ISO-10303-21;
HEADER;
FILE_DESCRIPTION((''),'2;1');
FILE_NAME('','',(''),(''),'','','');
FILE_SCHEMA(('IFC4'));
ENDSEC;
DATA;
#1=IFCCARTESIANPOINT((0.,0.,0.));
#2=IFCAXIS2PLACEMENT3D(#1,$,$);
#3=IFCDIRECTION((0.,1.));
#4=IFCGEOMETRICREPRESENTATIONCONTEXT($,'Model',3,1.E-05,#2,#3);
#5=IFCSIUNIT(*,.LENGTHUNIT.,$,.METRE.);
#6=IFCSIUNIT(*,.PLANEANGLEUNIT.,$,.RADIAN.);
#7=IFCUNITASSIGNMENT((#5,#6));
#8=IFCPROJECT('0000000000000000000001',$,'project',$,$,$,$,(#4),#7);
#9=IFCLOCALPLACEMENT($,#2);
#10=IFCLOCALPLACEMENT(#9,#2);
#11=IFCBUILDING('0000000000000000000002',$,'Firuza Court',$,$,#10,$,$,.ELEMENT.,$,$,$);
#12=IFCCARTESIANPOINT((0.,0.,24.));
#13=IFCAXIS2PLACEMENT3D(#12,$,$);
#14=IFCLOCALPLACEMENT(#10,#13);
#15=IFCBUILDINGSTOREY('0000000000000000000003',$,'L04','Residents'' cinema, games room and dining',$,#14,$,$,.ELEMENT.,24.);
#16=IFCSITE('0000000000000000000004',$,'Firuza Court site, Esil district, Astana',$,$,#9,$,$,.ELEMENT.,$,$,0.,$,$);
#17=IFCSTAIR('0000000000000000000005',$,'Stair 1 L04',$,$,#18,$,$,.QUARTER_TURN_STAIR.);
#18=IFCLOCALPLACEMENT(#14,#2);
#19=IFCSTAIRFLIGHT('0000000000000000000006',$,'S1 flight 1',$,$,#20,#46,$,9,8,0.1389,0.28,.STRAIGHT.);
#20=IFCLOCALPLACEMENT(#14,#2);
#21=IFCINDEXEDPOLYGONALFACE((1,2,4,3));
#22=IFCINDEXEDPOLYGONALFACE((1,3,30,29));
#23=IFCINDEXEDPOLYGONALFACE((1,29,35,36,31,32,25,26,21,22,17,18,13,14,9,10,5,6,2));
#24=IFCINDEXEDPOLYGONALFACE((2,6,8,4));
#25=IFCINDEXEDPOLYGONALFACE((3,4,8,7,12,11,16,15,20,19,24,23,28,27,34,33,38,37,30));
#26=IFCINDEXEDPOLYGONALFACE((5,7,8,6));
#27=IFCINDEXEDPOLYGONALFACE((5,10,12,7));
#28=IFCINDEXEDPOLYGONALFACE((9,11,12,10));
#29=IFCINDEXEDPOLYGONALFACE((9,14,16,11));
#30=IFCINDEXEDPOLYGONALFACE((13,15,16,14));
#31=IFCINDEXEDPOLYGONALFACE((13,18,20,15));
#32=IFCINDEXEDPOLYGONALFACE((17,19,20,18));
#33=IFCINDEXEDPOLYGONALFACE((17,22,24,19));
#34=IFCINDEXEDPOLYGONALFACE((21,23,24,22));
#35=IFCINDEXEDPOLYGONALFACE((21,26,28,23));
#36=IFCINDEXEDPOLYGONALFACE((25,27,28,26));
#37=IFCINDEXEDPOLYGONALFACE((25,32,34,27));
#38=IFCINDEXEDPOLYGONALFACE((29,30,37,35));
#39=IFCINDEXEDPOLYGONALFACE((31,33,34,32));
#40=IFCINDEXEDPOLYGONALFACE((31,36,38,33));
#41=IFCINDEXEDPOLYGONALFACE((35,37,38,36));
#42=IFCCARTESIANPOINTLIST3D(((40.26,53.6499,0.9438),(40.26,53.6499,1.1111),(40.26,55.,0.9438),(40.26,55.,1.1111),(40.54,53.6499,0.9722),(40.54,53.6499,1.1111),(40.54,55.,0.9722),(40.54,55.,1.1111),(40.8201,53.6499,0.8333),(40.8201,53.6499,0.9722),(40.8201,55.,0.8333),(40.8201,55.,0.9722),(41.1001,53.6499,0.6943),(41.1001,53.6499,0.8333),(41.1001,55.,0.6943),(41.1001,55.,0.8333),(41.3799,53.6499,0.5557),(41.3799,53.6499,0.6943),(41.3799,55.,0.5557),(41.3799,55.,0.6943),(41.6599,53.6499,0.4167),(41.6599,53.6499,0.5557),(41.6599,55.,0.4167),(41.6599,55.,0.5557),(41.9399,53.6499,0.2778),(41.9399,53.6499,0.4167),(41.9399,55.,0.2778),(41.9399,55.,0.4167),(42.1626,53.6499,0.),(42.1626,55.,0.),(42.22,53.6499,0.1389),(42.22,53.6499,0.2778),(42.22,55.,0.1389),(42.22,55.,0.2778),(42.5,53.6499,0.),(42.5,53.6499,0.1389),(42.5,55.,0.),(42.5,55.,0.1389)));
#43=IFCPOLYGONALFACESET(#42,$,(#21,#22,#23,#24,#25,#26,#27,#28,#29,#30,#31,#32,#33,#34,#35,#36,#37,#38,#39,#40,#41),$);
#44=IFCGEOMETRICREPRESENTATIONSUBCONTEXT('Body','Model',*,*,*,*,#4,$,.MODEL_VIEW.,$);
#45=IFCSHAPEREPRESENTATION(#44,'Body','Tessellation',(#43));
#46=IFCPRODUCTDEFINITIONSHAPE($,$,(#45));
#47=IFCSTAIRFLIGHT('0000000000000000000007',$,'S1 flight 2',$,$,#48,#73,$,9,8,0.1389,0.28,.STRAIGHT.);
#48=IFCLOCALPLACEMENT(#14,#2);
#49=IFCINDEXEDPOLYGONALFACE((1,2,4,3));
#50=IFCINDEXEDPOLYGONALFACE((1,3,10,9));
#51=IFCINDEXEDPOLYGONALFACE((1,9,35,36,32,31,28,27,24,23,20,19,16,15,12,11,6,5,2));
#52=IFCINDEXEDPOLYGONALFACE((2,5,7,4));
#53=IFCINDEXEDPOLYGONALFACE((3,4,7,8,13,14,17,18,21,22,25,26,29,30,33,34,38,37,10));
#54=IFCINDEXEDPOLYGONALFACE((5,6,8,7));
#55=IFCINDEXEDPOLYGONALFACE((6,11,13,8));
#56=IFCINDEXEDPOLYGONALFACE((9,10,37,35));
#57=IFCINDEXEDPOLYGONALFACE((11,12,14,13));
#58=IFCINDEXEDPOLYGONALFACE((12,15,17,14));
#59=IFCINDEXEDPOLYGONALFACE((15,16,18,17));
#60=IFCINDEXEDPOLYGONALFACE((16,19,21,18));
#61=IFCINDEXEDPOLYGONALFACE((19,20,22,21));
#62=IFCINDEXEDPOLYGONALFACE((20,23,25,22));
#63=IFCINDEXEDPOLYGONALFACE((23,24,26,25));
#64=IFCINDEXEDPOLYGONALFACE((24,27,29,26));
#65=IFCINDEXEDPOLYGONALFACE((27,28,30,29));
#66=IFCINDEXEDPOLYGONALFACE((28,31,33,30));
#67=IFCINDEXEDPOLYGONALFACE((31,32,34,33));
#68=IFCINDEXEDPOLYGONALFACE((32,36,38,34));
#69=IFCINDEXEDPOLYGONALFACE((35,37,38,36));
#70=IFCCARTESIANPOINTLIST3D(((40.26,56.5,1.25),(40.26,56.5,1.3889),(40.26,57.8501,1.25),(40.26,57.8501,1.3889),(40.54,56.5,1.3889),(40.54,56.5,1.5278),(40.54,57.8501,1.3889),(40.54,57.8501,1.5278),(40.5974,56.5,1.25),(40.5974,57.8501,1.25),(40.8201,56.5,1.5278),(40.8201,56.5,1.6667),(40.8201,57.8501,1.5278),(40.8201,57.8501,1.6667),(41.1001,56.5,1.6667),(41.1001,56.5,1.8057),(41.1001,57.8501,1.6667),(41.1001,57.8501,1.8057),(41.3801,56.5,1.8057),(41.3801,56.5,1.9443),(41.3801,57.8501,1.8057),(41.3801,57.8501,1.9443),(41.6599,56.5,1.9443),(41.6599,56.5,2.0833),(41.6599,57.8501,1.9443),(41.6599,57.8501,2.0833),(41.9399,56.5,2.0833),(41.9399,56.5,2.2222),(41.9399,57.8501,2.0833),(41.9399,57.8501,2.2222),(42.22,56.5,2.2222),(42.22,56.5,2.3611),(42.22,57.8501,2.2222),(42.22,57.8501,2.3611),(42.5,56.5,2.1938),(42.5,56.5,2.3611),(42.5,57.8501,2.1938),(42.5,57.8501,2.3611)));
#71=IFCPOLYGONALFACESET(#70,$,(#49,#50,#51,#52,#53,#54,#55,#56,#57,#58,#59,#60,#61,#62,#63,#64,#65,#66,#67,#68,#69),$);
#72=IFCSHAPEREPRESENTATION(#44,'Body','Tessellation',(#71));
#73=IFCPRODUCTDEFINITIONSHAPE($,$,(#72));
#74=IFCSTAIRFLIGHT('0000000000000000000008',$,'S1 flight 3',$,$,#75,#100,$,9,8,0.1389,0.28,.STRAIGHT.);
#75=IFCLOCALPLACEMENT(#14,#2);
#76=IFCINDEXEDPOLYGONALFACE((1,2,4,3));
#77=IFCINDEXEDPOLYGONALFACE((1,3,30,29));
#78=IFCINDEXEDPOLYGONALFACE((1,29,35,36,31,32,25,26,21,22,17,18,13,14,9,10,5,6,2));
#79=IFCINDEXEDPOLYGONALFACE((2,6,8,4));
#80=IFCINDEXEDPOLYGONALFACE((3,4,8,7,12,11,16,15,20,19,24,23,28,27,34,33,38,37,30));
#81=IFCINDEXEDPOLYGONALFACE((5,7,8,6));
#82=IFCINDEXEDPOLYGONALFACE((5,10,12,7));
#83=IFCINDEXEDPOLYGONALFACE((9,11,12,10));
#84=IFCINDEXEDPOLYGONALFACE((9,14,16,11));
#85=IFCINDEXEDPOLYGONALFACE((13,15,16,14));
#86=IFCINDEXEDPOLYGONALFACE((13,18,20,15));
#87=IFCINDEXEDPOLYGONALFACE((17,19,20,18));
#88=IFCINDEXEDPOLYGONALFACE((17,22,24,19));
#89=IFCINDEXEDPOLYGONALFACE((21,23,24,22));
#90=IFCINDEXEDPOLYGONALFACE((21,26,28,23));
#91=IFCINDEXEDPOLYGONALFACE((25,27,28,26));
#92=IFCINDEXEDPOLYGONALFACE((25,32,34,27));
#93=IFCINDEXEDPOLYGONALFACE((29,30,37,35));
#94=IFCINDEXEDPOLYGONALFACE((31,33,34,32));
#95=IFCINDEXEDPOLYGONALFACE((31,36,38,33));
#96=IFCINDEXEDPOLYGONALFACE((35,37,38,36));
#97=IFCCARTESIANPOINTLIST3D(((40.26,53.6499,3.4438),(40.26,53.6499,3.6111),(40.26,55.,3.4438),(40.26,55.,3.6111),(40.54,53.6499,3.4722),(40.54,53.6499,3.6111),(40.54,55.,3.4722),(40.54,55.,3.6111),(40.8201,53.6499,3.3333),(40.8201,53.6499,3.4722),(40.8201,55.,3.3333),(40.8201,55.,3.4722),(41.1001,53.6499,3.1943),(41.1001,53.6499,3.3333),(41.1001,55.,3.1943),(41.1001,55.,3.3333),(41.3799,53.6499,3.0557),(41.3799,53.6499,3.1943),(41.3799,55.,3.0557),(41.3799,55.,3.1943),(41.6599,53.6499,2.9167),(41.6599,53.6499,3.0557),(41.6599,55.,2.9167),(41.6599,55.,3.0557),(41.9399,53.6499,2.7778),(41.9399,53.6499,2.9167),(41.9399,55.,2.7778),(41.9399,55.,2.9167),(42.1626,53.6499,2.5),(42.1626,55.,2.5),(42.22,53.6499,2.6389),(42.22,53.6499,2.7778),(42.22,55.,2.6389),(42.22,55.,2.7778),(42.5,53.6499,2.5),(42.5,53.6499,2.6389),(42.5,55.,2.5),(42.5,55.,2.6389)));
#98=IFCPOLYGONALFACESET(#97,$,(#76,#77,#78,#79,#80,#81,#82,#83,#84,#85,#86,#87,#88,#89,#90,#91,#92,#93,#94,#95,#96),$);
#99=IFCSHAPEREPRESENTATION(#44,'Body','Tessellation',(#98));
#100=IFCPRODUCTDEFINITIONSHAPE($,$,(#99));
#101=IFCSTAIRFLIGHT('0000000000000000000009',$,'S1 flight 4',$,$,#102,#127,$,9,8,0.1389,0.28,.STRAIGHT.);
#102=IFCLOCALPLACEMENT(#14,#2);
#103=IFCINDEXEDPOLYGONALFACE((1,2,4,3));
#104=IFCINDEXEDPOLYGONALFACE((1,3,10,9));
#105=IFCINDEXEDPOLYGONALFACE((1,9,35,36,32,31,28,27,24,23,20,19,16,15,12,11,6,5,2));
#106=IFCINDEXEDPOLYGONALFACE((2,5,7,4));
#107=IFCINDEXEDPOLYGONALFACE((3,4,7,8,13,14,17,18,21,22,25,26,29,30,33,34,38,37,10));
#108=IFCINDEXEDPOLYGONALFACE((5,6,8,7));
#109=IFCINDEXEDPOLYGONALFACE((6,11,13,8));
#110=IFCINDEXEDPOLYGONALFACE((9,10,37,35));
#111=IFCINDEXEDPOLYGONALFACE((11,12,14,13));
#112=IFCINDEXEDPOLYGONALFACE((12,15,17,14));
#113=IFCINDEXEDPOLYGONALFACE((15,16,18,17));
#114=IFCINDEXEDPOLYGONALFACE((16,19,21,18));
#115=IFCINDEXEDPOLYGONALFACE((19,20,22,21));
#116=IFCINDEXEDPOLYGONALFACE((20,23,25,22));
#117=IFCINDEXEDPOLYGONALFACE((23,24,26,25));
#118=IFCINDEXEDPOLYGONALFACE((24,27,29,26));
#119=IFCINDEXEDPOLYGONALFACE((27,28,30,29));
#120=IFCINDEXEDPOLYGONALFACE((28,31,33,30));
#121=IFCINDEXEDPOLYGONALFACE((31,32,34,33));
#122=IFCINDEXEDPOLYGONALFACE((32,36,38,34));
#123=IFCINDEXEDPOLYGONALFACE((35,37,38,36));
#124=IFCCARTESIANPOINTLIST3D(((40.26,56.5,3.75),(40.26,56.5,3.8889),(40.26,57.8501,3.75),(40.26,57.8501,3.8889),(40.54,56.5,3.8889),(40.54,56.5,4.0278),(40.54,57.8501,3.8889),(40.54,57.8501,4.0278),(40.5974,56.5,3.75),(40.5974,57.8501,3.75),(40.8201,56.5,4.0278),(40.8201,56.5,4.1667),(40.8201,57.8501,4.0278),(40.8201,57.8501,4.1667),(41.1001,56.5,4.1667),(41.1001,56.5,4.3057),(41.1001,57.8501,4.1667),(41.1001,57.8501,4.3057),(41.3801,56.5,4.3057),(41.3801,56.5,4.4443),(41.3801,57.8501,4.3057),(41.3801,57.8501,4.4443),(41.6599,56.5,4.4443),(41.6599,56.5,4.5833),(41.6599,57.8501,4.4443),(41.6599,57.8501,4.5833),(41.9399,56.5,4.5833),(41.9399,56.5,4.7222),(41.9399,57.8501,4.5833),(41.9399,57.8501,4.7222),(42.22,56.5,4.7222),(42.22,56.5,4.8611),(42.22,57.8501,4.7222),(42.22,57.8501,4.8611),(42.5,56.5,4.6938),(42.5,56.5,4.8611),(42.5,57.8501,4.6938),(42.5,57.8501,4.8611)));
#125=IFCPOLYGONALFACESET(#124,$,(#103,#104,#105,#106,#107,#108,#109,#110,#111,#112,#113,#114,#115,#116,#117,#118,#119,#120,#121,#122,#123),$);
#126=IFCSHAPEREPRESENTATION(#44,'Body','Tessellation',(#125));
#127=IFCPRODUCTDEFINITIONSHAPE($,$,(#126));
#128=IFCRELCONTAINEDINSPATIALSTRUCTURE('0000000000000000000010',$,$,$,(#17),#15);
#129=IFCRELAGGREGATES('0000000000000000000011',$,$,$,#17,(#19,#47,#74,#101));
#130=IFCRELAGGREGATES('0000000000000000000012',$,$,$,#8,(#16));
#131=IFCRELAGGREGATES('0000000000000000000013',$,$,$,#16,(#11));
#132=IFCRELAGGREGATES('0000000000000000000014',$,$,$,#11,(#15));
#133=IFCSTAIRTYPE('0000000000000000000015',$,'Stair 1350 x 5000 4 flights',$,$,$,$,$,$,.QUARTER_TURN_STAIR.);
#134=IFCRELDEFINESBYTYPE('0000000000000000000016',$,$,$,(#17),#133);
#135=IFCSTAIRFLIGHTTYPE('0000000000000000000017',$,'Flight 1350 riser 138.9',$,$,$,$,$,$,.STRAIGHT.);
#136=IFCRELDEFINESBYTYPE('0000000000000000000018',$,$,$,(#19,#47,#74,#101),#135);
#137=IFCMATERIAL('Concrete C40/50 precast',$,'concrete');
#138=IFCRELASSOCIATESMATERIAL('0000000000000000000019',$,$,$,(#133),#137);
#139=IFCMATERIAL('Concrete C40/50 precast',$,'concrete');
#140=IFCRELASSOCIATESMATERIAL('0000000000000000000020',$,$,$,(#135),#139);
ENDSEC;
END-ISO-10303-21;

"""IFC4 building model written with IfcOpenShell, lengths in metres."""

from ifc_helpers import new_model, si_unit, direction, frame, origin, place, context, subcontext, project, spatial, polyline, outline, extrude, material, type_object, element, aggregate, save


model = new_model("IFC4")

# Units and contexts
model_context = context("Model", 3, precision=1e-05, world=origin(), true_north=direction((0.0, 1.0)))
body_context = subcontext(model_context, "Body", "Model", "MODEL_VIEW")
ifc_project = project(units=[si_unit("LENGTHUNIT", "METRE"), si_unit("PLANEANGLEUNIT", "RADIAN")], contexts=[model_context])

# Site, building, storey
site_placement = place(None, origin())
site = spatial("IfcSite", under=ifc_project, at=site_placement, Name="Firuza Court site, Esil district, Astana", CompositionType="ELEMENT", RefElevation=0.0)
building_placement = place(site_placement, origin())
building = spatial("IfcBuilding", under=site, at=building_placement, Name="Firuza Court", CompositionType="ELEMENT")
storey_placement = place(building_placement, frame((0.0, 0.0, 24.0)))
storey = spatial("IfcBuildingStorey", under=building, at=storey_placement, Name="L04", Description="Residents' cinema, games room and dining", CompositionType="ELEMENT", Elevation=24.0)

# Stair, stair flights
ifc_material_1 = material(Name="Concrete C40/50 precast", Category="concrete")
stair_type = type_object("IfcStairType", Name="Stair 1350 x 5000 4 flights", PredefinedType="QUARTER_TURN_STAIR", material=ifc_material_1)
stair_placement = place(storey_placement, origin())
stair = element("IfcStair", 1, at=stair_placement, inside=storey, type_object=stair_type, Name="Stair 1 L04", PredefinedType="QUARTER_TURN_STAIR")
ifc_material_2 = material(Name="Concrete C40/50 precast", Category="concrete")
stair_flight_type = type_object("IfcStairFlightType", Name="Flight 1350 riser 138.9", PredefinedType="STRAIGHT", material=ifc_material_2)
stair_flight_1_placement = place(storey_placement, frame((42.5, 54.325, 0.0), z_axis=(0.0, 0.0, 1.0), x_axis=(-1.0, 0.0, 0.0)))
stair_flight_1 = element("IfcStairFlight", 2, at=stair_flight_1_placement, type_object=stair_flight_type, Name="S1 flight 1", NumberOfRisers=9, NumberOfTreads=8, PredefinedType="STRAIGHT", RiserHeight=0.1389, TreadLength=0.28, context=body_context, shape_type="SweptSolid", body=[
    extrude(outline(polyline([(0.0, 0.0), (0.0, 0.1389), (0.28, 0.1389), (0.28, 0.2778), (0.5601, 0.2778), (0.5601, 0.4167), (0.8401, 0.4167), (0.8401, 0.5557), (1.1201, 0.5557), (1.1201, 0.6943), (1.3999, 0.6943), (1.3999, 0.8333), (1.6799, 0.8333), (1.6799, 0.9722), (1.96, 0.9722), (1.96, 1.1111), (2.24, 1.1111), (2.24, 1.25), (2.24, 0.9438), (0.3374, 0.0), (0.0, 0.0)])), frame((0.0, 0.675, 0.0), z_axis=(0.0, -1.0, 0.0), x_axis=(1.0, 0.0, 0.0)), (0.0, 0.0, 1.0), 1.3501),
])
stair_flight_2_placement = place(storey_placement, frame((40.26, 57.175, 1.25), z_axis=(0.0, 0.0, 1.0), x_axis=(1.0, 0.0, 0.0)))
stair_flight_2 = element("IfcStairFlight", 3, at=stair_flight_2_placement, type_object=stair_flight_type, Name="S1 flight 2", NumberOfRisers=9, NumberOfTreads=8, PredefinedType="STRAIGHT", RiserHeight=0.1389, TreadLength=0.28, context=body_context, shape_type="SweptSolid", body=[
    extrude(outline(polyline([(0.0, 0.0), (0.0, 0.1389), (0.28, 0.1389), (0.28, 0.2778), (0.5601, 0.2778), (0.5601, 0.4167), (0.8401, 0.4167), (0.8401, 0.5557), (1.1201, 0.5557), (1.1201, 0.6943), (1.3999, 0.6943), (1.3999, 0.8333), (1.6799, 0.8333), (1.6799, 0.9722), (1.96, 0.9722), (1.96, 1.1111), (2.24, 1.1111), (2.24, 1.25), (2.24, 0.9438), (0.3374, 0.0), (0.0, 0.0)])), frame((0.0, 0.675, 0.0), z_axis=(0.0, -1.0, 0.0), x_axis=(1.0, 0.0, 0.0)), (0.0, 0.0, 1.0), 1.3501),
])
stair_flight_3_placement = place(storey_placement, frame((42.5, 54.325, 2.5), z_axis=(0.0, 0.0, 1.0), x_axis=(-1.0, 0.0, 0.0)))
stair_flight_3 = element("IfcStairFlight", 4, at=stair_flight_3_placement, type_object=stair_flight_type, Name="S1 flight 3", NumberOfRisers=9, NumberOfTreads=8, PredefinedType="STRAIGHT", RiserHeight=0.1389, TreadLength=0.28, context=body_context, shape_type="SweptSolid", body=[
    extrude(outline(polyline([(0.0, 0.0), (0.0, 0.1389), (0.28, 0.1389), (0.28, 0.2778), (0.5601, 0.2778), (0.5601, 0.4167), (0.8401, 0.4167), (0.8401, 0.5557), (1.1201, 0.5557), (1.1201, 0.6943), (1.3999, 0.6943), (1.3999, 0.8333), (1.6799, 0.8333), (1.6799, 0.9722), (1.96, 0.9722), (1.96, 1.1111), (2.24, 1.1111), (2.24, 1.25), (2.24, 0.9438), (0.3374, 0.0), (0.0, 0.0)])), frame((0.0, 0.675, 0.0), z_axis=(0.0, -1.0, 0.0), x_axis=(1.0, 0.0, 0.0)), (0.0, 0.0, 1.0), 1.3501),
])
stair_flight_4_placement = place(storey_placement, frame((40.26, 57.175, 3.75), z_axis=(0.0, 0.0, 1.0), x_axis=(1.0, 0.0, 0.0)))
stair_flight_4 = element("IfcStairFlight", 5, at=stair_flight_4_placement, type_object=stair_flight_type, Name="S1 flight 4", NumberOfRisers=9, NumberOfTreads=8, PredefinedType="STRAIGHT", RiserHeight=0.1389, TreadLength=0.28, context=body_context, shape_type="SweptSolid", body=[
    extrude(outline(polyline([(0.0, 0.0), (0.0, 0.1389), (0.28, 0.1389), (0.28, 0.2778), (0.5601, 0.2778), (0.5601, 0.4167), (0.8401, 0.4167), (0.8401, 0.5557), (1.1201, 0.5557), (1.1201, 0.6943), (1.3999, 0.6943), (1.3999, 0.8333), (1.6799, 0.8333), (1.6799, 0.9722), (1.96, 0.9722), (1.96, 1.1111), (2.24, 1.1111), (2.24, 1.25), (2.24, 0.9438), (0.3374, 0.0), (0.0, 0.0)])), frame((0.0, 0.675, 0.0), z_axis=(0.0, -1.0, 0.0), x_axis=(1.0, 0.0, 0.0)), (0.0, 0.0, 1.0), 1.3501),
])
aggregate(stair, [stair_flight_1, stair_flight_2, stair_flight_3, stair_flight_4])

save(model, "model.ifc")
